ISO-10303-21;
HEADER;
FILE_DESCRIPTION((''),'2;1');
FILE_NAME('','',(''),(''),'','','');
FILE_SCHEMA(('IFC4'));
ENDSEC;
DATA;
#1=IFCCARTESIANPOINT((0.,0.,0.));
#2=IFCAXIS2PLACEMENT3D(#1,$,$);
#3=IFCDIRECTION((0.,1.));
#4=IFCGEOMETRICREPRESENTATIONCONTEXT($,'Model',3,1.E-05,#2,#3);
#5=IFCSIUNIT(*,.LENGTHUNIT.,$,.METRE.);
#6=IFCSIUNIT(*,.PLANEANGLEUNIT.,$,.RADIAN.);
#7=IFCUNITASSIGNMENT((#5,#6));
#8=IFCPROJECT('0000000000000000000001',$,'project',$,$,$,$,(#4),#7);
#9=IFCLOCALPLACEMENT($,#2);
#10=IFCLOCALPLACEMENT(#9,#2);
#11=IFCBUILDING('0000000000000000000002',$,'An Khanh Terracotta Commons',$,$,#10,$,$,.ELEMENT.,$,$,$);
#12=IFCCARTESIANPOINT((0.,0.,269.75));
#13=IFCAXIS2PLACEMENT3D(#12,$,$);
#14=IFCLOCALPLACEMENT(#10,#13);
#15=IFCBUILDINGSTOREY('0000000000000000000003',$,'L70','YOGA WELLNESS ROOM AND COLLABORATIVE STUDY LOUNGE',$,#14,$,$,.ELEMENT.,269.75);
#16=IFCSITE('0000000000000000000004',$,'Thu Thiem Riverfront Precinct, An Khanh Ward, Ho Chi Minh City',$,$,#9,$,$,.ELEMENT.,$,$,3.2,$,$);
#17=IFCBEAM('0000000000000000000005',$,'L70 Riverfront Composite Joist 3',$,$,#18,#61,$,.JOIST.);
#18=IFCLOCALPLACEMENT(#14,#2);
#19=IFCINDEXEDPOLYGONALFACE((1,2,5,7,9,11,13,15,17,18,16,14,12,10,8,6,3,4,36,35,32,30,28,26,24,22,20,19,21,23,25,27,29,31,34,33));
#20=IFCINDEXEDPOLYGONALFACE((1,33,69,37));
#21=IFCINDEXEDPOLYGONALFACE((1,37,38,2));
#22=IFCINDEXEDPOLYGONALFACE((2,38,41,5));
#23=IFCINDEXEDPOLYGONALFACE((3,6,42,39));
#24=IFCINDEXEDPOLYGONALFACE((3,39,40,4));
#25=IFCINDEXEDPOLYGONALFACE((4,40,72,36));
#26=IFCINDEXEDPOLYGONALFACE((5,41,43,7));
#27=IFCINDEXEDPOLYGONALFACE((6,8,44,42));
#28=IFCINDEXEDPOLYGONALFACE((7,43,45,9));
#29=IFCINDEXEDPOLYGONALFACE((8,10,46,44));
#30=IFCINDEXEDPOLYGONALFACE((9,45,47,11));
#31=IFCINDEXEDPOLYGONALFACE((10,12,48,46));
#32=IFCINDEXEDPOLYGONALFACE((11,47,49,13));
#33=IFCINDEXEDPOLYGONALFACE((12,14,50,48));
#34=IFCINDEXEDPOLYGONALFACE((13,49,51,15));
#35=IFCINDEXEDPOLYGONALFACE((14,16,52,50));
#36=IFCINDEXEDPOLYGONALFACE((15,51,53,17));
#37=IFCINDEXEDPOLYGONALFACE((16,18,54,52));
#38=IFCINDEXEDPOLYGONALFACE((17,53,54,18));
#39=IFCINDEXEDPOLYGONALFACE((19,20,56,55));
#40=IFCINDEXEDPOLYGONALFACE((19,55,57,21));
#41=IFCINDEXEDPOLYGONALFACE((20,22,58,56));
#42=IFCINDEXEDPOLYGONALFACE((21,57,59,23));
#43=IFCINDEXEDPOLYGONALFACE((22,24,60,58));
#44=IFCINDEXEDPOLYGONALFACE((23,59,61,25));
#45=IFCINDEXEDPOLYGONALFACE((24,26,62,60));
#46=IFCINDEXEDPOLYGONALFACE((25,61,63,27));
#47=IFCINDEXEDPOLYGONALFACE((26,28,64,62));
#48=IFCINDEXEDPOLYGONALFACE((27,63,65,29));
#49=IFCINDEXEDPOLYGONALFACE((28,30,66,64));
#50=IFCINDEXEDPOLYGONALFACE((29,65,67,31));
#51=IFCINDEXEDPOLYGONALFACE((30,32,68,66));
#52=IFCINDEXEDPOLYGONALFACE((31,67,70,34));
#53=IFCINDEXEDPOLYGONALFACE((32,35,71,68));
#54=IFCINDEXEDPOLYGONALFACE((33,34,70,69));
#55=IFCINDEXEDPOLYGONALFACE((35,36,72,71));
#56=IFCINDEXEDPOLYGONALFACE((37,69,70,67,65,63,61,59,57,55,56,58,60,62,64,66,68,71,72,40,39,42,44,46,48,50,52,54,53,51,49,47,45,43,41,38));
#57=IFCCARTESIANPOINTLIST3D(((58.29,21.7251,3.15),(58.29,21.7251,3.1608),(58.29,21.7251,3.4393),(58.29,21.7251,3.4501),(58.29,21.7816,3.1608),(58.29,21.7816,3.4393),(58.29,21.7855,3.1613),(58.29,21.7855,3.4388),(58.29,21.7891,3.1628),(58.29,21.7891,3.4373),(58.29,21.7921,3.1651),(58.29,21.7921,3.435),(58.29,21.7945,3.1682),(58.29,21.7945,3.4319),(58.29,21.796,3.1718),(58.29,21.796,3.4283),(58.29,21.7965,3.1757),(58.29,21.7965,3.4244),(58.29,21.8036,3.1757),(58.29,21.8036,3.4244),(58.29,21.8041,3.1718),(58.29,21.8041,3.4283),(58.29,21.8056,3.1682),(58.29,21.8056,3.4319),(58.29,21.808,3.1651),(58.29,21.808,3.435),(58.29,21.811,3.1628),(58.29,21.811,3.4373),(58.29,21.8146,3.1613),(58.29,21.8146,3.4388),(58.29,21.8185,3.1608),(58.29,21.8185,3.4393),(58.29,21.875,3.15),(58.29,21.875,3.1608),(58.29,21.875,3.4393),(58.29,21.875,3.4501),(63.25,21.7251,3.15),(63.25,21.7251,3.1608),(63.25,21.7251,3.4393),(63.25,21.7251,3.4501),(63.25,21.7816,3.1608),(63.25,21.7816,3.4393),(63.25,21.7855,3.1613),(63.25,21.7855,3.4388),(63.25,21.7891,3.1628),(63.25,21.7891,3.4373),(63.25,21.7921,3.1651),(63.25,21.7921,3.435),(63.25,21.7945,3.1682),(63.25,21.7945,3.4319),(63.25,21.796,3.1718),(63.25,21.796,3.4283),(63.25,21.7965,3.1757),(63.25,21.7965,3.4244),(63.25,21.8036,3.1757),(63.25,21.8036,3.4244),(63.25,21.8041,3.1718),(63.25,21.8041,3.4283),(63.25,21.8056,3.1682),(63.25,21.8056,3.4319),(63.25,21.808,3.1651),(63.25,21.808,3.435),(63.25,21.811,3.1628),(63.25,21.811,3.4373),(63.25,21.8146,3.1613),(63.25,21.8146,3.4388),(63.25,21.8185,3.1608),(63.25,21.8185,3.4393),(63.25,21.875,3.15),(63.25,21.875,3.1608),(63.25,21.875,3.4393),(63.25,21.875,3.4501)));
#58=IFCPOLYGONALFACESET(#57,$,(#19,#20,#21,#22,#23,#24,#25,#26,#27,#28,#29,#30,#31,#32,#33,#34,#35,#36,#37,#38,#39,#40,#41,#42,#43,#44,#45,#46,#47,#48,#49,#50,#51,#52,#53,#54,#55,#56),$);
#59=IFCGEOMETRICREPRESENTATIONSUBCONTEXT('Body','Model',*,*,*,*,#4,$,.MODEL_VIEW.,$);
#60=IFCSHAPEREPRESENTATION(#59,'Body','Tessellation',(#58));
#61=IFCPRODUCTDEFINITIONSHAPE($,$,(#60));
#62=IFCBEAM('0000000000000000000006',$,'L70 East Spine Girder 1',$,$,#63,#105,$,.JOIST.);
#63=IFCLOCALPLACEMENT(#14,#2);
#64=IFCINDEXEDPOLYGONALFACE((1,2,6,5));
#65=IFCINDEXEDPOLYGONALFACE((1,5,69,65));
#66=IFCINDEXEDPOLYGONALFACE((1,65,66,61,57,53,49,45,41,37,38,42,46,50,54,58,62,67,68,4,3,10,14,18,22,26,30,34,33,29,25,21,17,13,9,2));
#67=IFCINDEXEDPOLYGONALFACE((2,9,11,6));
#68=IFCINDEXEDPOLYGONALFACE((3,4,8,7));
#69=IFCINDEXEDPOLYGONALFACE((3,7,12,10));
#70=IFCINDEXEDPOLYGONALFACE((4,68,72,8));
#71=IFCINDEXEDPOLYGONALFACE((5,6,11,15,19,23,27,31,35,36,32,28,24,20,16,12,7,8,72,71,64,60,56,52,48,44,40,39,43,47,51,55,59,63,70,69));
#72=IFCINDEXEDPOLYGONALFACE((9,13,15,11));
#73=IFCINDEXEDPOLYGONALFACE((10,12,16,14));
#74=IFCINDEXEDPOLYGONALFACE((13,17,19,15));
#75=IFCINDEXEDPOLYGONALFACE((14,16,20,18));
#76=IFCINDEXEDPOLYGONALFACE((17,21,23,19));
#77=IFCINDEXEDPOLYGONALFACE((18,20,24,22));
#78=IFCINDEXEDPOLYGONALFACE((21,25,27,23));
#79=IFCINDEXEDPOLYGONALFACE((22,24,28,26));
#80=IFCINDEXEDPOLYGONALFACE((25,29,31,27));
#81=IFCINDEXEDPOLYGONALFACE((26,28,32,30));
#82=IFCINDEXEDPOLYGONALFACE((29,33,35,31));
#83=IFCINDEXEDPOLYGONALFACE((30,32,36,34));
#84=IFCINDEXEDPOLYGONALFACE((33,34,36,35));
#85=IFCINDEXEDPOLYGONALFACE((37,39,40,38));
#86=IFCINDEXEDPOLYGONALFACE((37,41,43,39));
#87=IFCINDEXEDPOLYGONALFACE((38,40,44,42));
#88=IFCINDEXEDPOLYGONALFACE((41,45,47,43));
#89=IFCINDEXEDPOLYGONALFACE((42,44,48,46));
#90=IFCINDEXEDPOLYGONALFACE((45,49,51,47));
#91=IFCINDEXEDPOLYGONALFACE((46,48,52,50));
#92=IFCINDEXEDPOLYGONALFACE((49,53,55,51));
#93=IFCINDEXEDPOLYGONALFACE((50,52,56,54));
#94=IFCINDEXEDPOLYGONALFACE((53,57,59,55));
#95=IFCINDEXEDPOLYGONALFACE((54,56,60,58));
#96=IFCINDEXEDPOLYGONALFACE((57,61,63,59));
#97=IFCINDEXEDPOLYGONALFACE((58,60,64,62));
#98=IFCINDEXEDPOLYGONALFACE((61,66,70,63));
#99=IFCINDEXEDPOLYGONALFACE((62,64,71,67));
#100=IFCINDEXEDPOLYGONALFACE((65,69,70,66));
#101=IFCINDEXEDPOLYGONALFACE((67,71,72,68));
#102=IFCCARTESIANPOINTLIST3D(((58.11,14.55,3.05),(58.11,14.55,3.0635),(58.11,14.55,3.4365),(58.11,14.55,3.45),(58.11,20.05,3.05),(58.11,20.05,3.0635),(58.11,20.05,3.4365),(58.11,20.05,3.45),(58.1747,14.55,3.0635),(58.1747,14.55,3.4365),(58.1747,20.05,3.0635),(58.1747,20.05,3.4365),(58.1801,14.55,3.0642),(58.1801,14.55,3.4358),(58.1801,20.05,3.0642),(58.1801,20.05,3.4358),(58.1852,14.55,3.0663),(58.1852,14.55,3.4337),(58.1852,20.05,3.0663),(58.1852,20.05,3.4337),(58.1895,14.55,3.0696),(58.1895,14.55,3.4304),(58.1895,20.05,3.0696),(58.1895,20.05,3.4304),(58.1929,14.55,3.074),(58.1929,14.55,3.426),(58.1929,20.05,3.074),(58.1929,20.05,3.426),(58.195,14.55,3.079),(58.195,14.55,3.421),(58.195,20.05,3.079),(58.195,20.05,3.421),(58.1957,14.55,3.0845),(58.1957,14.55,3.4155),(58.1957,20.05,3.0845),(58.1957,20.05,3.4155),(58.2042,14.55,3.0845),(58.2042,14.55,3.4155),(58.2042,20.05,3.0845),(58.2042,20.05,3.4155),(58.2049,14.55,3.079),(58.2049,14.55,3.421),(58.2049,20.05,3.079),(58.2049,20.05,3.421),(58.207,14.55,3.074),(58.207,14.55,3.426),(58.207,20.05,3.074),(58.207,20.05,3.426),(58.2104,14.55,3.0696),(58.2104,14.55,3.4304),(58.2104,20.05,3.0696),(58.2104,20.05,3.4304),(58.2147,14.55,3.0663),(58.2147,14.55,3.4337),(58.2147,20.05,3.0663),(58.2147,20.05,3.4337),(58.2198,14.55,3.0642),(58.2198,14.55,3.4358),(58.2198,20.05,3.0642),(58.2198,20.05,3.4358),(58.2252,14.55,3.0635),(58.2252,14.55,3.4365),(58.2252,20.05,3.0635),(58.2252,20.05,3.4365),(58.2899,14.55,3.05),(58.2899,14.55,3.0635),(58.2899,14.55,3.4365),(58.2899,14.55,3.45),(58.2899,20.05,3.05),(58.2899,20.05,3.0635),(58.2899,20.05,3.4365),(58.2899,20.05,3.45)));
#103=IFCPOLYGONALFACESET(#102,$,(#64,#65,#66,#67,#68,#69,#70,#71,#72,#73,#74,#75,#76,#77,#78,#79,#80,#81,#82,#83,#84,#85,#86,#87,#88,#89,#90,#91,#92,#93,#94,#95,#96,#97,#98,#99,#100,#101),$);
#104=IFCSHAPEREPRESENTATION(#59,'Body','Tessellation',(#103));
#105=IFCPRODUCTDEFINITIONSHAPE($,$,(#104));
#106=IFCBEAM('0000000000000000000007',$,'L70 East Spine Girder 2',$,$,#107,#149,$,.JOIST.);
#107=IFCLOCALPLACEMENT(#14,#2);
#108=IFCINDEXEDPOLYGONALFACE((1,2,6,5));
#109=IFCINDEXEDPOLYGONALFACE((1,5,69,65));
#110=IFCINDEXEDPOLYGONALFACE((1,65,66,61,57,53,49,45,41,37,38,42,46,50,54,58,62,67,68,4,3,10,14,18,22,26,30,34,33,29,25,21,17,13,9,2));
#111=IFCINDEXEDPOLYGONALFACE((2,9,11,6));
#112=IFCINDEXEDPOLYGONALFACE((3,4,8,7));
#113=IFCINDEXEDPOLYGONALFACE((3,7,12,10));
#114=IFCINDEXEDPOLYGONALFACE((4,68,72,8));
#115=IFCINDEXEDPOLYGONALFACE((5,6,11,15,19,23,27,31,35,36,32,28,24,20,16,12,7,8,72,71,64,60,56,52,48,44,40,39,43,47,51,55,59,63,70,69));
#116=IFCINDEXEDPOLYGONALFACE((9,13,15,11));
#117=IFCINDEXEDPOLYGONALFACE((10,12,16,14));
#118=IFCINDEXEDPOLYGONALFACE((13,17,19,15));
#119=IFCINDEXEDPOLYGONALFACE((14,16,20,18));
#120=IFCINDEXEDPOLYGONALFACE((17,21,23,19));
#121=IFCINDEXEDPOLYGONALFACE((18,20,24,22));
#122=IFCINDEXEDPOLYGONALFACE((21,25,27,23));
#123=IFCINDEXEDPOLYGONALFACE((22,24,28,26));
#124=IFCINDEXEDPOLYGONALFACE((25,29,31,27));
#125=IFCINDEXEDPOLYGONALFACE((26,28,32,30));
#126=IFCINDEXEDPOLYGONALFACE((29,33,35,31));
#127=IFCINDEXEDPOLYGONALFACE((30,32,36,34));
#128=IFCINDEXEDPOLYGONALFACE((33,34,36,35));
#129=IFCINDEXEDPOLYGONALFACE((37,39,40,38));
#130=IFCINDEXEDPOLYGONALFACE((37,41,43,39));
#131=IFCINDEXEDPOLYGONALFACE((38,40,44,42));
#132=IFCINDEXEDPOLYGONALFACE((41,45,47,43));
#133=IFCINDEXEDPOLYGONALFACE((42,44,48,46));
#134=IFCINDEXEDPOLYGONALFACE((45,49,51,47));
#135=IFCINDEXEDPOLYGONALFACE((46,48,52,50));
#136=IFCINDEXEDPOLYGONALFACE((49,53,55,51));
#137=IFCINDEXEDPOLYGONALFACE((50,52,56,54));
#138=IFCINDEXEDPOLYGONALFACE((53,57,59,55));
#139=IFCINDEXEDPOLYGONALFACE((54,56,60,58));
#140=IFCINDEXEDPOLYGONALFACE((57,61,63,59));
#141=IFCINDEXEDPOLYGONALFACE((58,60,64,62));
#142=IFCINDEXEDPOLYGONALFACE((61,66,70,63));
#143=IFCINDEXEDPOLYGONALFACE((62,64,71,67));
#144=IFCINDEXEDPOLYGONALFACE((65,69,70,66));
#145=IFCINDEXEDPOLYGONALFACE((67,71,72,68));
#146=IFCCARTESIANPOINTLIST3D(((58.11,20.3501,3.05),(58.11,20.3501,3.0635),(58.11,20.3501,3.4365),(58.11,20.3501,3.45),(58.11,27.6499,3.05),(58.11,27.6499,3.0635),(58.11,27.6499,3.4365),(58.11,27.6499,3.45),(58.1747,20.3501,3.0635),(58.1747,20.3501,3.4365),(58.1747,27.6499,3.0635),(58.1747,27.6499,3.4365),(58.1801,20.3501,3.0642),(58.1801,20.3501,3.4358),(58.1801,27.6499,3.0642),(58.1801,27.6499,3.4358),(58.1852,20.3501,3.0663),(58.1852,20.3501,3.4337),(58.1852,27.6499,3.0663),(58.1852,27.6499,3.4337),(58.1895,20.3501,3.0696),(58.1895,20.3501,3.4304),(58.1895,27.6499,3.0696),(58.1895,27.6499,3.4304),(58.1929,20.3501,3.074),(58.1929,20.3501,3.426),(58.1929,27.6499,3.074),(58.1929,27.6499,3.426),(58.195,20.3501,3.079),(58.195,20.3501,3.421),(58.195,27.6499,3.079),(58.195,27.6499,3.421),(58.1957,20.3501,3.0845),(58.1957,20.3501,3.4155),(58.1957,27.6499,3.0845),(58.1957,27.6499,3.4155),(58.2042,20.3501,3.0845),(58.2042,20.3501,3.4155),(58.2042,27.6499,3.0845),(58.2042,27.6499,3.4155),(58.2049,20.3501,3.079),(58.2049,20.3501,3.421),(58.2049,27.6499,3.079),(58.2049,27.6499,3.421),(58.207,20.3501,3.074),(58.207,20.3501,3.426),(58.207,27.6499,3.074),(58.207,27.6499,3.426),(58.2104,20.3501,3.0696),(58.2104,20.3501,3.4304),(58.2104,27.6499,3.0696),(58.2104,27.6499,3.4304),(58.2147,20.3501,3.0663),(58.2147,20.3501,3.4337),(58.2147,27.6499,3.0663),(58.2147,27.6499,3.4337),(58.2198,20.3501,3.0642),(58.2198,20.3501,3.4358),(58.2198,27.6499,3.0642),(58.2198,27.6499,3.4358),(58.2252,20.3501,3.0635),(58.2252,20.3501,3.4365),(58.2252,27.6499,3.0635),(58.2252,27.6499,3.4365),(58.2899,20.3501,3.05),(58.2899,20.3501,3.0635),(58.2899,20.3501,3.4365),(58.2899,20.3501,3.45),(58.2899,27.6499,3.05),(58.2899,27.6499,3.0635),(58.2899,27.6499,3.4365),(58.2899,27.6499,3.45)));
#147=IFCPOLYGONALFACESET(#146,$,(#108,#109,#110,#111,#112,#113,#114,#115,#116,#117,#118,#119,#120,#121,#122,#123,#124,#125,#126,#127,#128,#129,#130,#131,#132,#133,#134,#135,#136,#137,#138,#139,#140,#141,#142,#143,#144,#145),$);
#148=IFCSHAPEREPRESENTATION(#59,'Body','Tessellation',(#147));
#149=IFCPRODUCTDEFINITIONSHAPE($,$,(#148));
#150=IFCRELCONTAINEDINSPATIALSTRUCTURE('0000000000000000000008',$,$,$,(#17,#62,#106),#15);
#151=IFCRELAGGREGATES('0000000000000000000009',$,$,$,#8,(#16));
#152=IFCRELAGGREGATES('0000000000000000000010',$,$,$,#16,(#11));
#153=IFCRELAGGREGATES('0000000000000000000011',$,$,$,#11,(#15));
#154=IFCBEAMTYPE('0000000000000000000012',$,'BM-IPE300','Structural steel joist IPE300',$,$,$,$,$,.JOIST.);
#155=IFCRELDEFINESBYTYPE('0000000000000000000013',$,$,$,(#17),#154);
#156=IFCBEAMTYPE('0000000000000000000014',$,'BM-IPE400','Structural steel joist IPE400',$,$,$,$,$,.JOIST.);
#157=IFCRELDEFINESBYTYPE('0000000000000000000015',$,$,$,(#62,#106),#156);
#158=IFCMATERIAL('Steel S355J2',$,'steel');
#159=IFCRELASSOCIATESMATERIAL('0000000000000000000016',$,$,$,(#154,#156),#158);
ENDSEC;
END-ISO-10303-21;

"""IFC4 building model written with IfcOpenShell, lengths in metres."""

from ifc_helpers import new_model, si_unit, direction, frame, origin, origin_2d, place, context, subcontext, project, spatial, i_section, extrude, material, material_profile, profile_set, type_object, element, save


model = new_model("IFC4")

# Units and contexts
model_context = context("Model", 3, precision=1e-05, world=origin(), true_north=direction((0.0, 1.0)))
body_context = subcontext(model_context, "Body", "Model", "MODEL_VIEW")
ifc_project = project(units=[si_unit("LENGTHUNIT", "METRE"), si_unit("PLANEANGLEUNIT", "RADIAN")], contexts=[model_context])

# Site, building, storey
site_placement = place(None, origin())
site = spatial("IfcSite", under=ifc_project, at=site_placement, Name="Thu Thiem Riverfront Precinct, An Khanh Ward, Ho Chi Minh City", CompositionType="ELEMENT", RefElevation=3.2)
building_placement = place(site_placement, origin())
building = spatial("IfcBuilding", under=site, at=building_placement, Name="An Khanh Terracotta Commons", CompositionType="ELEMENT")
storey_placement = place(building_placement, frame((0.0, 0.0, 269.75)))
storey = spatial("IfcBuildingStorey", under=building, at=storey_placement, Name="L70", Description="YOGA WELLNESS ROOM AND COLLABORATIVE STUDY LOUNGE", CompositionType="ELEMENT", Elevation=269.75)

# Beams
ifc_material_1 = material(Name="Steel S355J2", Category="steel")
ifc_material_profile_1 = material_profile(ifc_material_1, i_section(OverallWidth=0.1499, OverallDepth=0.3, WebThickness=0.0071, FlangeThickness=0.0107, FilletRadius=0.0149, at=origin_2d()), Name="IPE300")
ifc_profile_set_1 = profile_set([ifc_material_profile_1], Name="Steel S355J2")
beam_type_1 = type_object("IfcBeamType", Name="BM-IPE300", Description="Structural steel joist IPE300", PredefinedType="JOIST", material=ifc_profile_set_1)
for number, where, z_axis, x_axis, name in (
    (1, (58.29, 21.8, 3.3), (1.0, 0.0, 0.0), (0.0, 1.0, 0.0), "L70 Riverfront Composite Joist 3"),
):
    element("IfcBeam", number, at=place(storey_placement, frame(where, z_axis=z_axis, x_axis=x_axis)), inside=storey, type_object=beam_type_1, Name=name, PredefinedType="JOIST", context=body_context, shape_type="SweptSolid", body=[
        extrude(i_section(OverallWidth=0.1499, OverallDepth=0.3, WebThickness=0.0071, FlangeThickness=0.0107, FilletRadius=0.0149, at=origin_2d()), origin(), (0.0, 0.0, 1.0), 4.96),
    ])
ifc_material_profile_2 = material_profile(ifc_material_1, i_section(OverallWidth=0.1799, OverallDepth=0.3999, WebThickness=0.0085, FlangeThickness=0.0134, FilletRadius=0.021, at=origin_2d()), Name="IPE400")
ifc_profile_set_2 = profile_set([ifc_material_profile_2], Name="Steel S355J2")
beam_type_2 = type_object("IfcBeamType", Name="BM-IPE400", Description="Structural steel joist IPE400", PredefinedType="JOIST", material=ifc_profile_set_2)
beam_1_placement = place(storey_placement, frame((58.2, 14.55, 3.25), z_axis=(0.0, 1.0, 0.0), x_axis=(-1.0, 0.0, 0.0)))
element("IfcBeam", 2, at=beam_1_placement, inside=storey, type_object=beam_type_2, Name="L70 East Spine Girder 1", PredefinedType="JOIST", context=body_context, shape_type="SweptSolid", body=[
    extrude(i_section(OverallWidth=0.1799, OverallDepth=0.3999, WebThickness=0.0085, FlangeThickness=0.0134, FilletRadius=0.021, at=origin_2d()), origin(), (0.0, 0.0, 1.0), 5.5),
])
beam_2_placement = place(storey_placement, frame((58.2, 20.3501, 3.25), z_axis=(0.0, 1.0, 0.0), x_axis=(-1.0, 0.0, 0.0)))
element("IfcBeam", 3, at=beam_2_placement, inside=storey, type_object=beam_type_2, Name="L70 East Spine Girder 2", PredefinedType="JOIST", context=body_context, shape_type="SweptSolid", body=[
    extrude(i_section(OverallWidth=0.1799, OverallDepth=0.3999, WebThickness=0.0085, FlangeThickness=0.0134, FilletRadius=0.021, at=origin_2d()), origin(), (0.0, 0.0, 1.0), 7.2998),
])

save(model, "model.ifc")
